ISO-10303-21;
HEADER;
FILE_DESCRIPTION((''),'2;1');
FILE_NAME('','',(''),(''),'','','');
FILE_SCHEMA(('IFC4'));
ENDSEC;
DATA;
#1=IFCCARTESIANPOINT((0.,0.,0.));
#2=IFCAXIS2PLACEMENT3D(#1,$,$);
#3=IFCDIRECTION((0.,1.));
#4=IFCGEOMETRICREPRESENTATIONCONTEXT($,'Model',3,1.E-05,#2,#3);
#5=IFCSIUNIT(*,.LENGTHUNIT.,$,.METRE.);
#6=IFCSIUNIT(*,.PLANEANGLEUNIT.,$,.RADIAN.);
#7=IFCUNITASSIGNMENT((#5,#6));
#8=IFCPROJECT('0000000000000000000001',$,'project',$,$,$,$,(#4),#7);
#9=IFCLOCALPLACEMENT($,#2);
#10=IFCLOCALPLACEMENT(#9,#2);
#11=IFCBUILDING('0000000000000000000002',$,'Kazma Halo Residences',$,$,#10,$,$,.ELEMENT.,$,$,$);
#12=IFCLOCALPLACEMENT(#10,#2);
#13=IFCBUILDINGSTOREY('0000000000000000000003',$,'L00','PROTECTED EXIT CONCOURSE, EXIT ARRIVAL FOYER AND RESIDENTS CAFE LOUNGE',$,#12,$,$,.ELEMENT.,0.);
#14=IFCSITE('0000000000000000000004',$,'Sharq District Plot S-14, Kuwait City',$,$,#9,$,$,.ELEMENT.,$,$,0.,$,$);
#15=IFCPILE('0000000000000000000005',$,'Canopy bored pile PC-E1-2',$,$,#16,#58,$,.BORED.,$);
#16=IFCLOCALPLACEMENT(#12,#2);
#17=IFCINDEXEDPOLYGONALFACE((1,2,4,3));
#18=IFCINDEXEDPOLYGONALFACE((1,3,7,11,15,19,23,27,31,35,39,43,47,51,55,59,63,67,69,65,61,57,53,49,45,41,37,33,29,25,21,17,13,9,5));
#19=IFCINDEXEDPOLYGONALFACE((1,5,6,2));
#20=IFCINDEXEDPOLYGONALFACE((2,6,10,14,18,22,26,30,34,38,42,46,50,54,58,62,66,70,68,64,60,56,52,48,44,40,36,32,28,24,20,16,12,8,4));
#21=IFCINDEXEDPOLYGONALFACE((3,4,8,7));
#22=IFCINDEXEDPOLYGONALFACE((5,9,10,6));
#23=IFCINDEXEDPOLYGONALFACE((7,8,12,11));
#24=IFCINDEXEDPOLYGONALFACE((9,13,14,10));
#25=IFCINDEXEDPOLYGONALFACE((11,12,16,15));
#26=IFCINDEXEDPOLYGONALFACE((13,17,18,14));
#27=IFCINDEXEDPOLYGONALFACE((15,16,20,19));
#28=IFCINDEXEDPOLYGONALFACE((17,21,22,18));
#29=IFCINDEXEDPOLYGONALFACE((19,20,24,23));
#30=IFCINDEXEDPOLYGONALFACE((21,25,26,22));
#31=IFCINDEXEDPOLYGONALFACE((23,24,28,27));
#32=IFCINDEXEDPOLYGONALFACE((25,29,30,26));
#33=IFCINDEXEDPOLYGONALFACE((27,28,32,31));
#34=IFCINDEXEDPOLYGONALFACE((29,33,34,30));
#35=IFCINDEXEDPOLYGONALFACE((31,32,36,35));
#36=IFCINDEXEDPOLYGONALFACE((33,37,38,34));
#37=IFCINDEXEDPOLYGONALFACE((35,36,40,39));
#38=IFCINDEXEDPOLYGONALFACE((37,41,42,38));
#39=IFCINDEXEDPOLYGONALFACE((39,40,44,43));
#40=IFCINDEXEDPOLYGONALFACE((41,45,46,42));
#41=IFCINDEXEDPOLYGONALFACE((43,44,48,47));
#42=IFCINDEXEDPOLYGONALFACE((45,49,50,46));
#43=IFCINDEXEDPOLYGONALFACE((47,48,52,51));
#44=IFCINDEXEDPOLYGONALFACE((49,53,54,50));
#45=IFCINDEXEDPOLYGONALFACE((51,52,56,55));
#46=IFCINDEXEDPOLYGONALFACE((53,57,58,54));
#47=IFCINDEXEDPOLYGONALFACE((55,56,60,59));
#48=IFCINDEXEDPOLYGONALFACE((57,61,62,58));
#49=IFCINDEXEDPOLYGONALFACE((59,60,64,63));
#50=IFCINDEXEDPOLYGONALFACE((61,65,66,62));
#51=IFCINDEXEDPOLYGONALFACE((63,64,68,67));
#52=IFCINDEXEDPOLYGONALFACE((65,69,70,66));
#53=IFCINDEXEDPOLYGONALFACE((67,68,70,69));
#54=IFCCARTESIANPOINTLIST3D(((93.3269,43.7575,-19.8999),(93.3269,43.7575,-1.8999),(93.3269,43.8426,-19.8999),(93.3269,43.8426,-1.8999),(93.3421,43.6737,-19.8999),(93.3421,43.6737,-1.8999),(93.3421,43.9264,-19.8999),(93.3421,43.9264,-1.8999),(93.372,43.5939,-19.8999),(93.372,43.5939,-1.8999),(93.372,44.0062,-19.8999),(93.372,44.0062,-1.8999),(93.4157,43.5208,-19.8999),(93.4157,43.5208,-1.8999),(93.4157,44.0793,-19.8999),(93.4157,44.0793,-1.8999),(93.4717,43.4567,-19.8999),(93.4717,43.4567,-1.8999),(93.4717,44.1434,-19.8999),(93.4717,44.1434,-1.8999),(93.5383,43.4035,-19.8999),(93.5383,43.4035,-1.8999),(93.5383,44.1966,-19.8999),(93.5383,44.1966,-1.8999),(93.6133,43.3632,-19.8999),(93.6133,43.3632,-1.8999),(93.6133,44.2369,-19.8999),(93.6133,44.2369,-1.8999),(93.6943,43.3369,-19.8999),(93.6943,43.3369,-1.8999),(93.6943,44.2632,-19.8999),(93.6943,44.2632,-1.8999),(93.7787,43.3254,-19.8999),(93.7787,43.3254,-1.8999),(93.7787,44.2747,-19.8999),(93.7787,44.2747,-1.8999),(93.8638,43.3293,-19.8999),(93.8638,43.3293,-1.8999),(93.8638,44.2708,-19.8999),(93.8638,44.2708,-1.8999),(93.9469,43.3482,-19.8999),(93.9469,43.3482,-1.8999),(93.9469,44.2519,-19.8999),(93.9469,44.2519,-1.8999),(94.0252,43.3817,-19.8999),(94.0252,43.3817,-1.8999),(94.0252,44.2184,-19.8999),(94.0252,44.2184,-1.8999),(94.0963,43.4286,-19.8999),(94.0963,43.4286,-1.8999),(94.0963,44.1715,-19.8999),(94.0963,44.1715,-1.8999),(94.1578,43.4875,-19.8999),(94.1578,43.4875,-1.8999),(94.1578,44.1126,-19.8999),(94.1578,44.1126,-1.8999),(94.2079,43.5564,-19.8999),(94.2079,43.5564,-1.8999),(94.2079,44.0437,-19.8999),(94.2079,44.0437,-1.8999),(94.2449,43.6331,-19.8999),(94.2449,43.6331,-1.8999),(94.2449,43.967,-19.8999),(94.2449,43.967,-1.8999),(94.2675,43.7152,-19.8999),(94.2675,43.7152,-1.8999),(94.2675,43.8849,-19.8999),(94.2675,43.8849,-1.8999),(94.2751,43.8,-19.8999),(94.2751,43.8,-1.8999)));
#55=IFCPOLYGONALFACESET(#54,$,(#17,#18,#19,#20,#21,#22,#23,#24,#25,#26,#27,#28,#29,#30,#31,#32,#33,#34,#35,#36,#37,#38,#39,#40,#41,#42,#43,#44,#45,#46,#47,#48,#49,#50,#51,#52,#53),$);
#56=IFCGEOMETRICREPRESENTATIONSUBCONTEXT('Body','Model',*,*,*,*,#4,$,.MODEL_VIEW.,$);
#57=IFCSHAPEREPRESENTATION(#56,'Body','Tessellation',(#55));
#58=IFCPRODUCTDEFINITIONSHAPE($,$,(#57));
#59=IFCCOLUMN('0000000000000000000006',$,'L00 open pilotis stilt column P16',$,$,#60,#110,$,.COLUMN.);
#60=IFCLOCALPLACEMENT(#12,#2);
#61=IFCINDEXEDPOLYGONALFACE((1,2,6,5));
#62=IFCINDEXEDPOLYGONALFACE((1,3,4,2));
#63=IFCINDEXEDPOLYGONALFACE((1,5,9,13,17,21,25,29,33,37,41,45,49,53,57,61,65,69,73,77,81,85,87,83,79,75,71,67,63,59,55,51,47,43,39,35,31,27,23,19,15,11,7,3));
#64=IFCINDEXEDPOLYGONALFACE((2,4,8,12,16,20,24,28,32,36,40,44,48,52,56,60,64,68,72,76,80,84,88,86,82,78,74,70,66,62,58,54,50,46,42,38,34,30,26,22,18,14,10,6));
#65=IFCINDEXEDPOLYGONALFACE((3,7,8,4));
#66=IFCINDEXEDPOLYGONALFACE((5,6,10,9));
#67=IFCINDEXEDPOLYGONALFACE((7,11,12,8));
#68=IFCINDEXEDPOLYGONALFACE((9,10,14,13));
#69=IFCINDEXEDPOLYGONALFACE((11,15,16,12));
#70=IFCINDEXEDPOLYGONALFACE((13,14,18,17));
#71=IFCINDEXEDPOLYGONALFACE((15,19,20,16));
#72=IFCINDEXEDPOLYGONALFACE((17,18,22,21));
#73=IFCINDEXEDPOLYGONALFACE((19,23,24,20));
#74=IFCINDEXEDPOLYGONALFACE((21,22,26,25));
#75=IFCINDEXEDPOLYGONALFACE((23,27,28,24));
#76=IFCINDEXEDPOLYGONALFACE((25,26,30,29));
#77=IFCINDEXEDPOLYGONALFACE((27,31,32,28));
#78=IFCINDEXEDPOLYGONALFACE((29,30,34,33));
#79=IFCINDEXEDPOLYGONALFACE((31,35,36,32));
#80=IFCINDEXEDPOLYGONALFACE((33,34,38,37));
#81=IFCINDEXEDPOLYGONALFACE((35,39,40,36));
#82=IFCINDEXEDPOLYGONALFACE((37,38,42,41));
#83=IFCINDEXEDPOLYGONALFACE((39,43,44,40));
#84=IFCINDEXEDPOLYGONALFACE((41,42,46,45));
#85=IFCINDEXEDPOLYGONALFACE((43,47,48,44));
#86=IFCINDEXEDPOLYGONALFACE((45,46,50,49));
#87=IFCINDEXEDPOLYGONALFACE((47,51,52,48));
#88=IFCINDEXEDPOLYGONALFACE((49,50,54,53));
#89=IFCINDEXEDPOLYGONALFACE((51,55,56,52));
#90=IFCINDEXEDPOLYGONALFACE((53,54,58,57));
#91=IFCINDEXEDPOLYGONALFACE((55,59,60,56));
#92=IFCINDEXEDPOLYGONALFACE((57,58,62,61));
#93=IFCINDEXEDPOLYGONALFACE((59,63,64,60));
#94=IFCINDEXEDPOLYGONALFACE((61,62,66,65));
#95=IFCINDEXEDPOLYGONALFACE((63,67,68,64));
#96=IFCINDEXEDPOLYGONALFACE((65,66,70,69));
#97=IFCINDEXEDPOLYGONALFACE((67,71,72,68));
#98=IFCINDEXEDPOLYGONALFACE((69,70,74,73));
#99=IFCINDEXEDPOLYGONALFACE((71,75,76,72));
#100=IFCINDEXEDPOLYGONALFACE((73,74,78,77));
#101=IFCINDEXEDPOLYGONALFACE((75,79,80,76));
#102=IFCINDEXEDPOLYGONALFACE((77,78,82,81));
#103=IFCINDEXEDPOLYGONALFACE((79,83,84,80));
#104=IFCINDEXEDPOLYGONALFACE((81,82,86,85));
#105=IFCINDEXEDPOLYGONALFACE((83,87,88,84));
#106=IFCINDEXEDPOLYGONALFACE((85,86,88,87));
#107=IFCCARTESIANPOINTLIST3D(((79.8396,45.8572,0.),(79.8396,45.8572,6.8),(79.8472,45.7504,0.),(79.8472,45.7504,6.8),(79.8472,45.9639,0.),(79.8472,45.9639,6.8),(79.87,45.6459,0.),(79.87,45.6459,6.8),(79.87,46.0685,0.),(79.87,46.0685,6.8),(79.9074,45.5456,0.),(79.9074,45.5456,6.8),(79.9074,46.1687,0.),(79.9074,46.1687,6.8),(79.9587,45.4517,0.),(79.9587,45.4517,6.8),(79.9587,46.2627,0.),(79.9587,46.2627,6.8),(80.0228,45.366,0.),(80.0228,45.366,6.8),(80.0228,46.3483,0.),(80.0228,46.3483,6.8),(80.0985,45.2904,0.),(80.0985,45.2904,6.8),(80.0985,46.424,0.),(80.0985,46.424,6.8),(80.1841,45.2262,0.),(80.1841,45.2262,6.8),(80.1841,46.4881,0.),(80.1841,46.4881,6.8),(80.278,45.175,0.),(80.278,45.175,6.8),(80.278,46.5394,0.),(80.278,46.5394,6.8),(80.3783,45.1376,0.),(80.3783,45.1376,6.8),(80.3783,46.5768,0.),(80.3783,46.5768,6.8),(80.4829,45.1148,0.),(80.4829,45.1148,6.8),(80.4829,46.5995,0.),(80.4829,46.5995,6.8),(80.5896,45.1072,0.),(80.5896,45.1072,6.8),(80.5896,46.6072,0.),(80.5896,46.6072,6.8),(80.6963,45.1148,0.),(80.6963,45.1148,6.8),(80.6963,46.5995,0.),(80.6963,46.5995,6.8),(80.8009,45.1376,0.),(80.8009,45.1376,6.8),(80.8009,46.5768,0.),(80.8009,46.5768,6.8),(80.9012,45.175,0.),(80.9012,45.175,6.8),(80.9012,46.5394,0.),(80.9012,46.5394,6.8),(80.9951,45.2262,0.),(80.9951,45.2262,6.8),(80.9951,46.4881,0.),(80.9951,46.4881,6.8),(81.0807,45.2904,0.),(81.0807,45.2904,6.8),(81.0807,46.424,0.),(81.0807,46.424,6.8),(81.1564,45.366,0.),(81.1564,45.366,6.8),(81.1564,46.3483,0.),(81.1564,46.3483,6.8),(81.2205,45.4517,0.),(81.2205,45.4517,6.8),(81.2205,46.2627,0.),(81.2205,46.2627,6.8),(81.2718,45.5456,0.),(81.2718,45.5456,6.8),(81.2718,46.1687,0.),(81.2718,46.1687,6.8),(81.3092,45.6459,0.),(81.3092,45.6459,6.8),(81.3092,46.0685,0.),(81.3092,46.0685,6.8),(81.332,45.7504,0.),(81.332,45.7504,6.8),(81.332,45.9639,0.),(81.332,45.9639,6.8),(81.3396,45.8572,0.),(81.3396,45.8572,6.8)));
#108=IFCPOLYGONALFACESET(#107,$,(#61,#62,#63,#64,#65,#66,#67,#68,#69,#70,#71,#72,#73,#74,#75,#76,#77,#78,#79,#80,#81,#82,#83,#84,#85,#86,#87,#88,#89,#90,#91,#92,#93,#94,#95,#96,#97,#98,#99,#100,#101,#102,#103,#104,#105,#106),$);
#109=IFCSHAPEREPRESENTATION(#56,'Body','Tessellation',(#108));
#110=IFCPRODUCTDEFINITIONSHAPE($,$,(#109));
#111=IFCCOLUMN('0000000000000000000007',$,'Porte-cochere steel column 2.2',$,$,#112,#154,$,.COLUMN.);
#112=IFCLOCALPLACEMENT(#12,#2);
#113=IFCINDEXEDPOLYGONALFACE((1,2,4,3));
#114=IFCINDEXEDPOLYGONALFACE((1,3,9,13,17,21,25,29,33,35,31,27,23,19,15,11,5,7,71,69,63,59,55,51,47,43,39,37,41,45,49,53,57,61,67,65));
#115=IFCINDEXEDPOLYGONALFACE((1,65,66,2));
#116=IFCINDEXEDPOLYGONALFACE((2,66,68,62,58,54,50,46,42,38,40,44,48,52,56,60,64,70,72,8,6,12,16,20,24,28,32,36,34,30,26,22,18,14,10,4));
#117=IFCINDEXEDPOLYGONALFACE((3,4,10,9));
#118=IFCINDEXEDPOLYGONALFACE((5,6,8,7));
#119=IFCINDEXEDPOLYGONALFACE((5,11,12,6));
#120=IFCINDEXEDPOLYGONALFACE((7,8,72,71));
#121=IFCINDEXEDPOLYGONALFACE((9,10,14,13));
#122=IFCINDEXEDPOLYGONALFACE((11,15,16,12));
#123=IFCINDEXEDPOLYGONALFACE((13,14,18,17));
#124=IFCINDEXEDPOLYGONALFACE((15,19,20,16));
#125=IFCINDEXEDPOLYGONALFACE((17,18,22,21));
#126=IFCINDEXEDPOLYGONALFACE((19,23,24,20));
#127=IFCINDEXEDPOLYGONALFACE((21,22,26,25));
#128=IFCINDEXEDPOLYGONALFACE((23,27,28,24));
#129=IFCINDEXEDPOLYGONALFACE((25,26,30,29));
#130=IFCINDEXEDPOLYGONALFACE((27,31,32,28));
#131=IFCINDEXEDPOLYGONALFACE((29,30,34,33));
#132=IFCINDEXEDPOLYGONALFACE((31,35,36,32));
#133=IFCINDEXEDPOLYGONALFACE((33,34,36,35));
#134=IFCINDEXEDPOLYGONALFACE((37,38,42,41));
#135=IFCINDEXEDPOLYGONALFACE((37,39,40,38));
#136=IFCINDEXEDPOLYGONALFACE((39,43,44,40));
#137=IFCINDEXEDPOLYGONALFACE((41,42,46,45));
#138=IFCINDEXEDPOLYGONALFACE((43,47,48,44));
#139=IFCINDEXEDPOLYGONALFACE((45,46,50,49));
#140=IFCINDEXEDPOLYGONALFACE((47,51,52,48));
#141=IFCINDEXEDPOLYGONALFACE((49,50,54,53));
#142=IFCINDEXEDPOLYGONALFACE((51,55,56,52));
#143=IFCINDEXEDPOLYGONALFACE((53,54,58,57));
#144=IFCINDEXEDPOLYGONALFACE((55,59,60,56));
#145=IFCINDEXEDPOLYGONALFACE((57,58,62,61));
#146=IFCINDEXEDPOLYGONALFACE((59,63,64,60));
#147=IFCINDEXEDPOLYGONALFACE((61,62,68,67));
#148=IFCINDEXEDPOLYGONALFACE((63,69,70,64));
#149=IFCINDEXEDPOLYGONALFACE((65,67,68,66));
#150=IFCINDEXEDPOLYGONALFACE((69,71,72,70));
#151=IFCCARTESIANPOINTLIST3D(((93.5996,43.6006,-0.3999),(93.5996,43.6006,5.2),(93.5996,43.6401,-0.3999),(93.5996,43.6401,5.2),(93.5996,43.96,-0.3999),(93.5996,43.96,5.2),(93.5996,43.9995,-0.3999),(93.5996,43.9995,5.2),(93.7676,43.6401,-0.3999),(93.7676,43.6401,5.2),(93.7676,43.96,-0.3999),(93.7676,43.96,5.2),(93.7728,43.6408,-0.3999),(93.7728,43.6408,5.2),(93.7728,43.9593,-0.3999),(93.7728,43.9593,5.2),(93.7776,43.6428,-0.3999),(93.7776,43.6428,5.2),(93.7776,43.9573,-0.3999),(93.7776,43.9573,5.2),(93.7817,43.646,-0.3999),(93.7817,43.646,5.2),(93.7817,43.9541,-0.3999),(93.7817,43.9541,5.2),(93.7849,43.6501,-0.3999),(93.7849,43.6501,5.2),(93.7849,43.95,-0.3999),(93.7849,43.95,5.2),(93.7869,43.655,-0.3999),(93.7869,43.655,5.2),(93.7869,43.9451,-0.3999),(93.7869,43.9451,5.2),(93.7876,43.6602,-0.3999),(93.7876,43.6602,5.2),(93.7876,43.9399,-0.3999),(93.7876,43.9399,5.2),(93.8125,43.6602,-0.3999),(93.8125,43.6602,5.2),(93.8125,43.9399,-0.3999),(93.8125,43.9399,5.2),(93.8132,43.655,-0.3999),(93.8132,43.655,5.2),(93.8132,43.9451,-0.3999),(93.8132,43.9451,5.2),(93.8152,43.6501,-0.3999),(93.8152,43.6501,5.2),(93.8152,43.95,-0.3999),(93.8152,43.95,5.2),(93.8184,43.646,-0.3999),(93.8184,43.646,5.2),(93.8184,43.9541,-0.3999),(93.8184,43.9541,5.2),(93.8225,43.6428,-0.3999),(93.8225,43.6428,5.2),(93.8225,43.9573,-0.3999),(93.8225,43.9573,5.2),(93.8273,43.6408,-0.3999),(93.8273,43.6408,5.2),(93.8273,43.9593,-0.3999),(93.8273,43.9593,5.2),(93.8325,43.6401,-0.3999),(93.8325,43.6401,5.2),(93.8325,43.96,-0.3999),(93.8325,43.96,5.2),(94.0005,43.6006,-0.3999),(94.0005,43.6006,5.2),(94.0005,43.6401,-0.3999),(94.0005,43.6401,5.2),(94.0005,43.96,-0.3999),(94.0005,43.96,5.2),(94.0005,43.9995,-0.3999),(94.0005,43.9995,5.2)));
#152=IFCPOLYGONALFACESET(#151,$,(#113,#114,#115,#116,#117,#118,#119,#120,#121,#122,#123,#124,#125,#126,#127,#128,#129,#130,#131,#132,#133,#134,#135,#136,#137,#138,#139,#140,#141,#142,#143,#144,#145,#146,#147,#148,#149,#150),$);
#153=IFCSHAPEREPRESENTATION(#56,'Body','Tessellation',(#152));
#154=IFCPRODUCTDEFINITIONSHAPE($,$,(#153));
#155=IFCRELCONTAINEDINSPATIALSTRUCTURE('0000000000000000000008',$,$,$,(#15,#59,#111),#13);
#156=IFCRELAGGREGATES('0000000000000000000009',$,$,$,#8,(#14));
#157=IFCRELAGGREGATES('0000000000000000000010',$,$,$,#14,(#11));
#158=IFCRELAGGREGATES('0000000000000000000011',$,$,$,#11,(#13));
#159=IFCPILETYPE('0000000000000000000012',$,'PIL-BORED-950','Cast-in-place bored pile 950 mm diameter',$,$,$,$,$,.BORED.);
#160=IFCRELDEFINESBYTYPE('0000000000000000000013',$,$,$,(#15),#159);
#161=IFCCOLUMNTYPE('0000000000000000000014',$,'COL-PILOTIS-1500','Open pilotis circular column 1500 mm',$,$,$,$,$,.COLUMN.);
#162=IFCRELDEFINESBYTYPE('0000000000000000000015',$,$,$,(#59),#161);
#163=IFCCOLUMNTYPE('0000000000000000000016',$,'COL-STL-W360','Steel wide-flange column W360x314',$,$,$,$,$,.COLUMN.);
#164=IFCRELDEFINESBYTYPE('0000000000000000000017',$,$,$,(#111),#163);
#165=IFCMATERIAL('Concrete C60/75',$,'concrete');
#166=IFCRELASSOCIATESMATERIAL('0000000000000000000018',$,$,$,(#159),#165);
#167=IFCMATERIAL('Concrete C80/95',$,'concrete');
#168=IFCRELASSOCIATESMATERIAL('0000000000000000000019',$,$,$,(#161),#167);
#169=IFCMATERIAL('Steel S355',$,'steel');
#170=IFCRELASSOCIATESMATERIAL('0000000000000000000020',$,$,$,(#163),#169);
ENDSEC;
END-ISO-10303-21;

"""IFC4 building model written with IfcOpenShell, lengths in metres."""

from ifc_helpers import new_model, si_unit, direction, frame, origin, origin_2d, place, context, subcontext, project, spatial, circle, i_section, extrude, material, material_profile, profile_set, type_object, element, save


model = new_model("IFC4")

# Units and contexts
model_context = context("Model", 3, precision=1e-05, world=origin(), true_north=direction((0.0, 1.0)))
body_context = subcontext(model_context, "Body", "Model", "MODEL_VIEW")
ifc_project = project(units=[si_unit("LENGTHUNIT", "METRE"), si_unit("PLANEANGLEUNIT", "RADIAN")], contexts=[model_context])

# Site, building, storey
site_placement = place(None, origin())
site = spatial("IfcSite", under=ifc_project, at=site_placement, Name="Sharq District Plot S-14, Kuwait City", CompositionType="ELEMENT", RefElevation=0.0)
building_placement = place(site_placement, origin())
building = spatial("IfcBuilding", under=site, at=building_placement, Name="Kazma Halo Residences", CompositionType="ELEMENT")
storey_placement = place(building_placement, origin())
storey = spatial("IfcBuildingStorey", under=building, at=storey_placement, Name="L00", Description="PROTECTED EXIT CONCOURSE, EXIT ARRIVAL FOYER AND RESIDENTS CAFE LOUNGE", CompositionType="ELEMENT", Elevation=0.0)

# Pile
ifc_material_1 = material(Name="Concrete C60/75", Category="concrete")
ifc_material_profile_1 = material_profile(ifc_material_1, circle(Radius=0.4751, at=origin_2d()), Name="CIRC950")
ifc_profile_set_1 = profile_set([ifc_material_profile_1], Name="Concrete C60/75")
pile_type = type_object("IfcPileType", Name="PIL-BORED-950", Description="Cast-in-place bored pile 950 mm diameter", PredefinedType="BORED", material=ifc_profile_set_1)
pile_placement = place(storey_placement, frame((93.8, 43.8, -1.8999), z_axis=(0.0, 0.0, -1.0), x_axis=(1.0, 0.0, 0.0)))
element("IfcPile", 1, at=pile_placement, inside=storey, type_object=pile_type, Name="Canopy bored pile PC-E1-2", PredefinedType="BORED", context=body_context, shape_type="SweptSolid", body=[
    extrude(circle(Radius=0.4751, at=origin_2d()), origin(), (0.0, 0.0, 1.0), 18.0),
])

# Columns
ifc_material_2 = material(Name="Concrete C80/95", Category="concrete")
ifc_material_profile_2 = material_profile(ifc_material_2, circle(Radius=0.75, at=origin_2d()), Name="CIRC1500")
ifc_profile_set_2 = profile_set([ifc_material_profile_2], Name="Concrete C80/95")
column_type_1 = type_object("IfcColumnType", Name="COL-PILOTIS-1500", Description="Open pilotis circular column 1500 mm", PredefinedType="COLUMN", material=ifc_profile_set_2)
column_1_placement = place(storey_placement, frame((80.5896, 45.8572, 0.0), z_axis=(0.0, 0.0, 1.0), x_axis=(1.0, 0.0, 0.0)))
element("IfcColumn", 2, at=column_1_placement, inside=storey, type_object=column_type_1, Name="L00 open pilotis stilt column P16", PredefinedType="COLUMN", context=body_context, shape_type="SweptSolid", body=[
    extrude(circle(Radius=0.75, at=origin_2d()), origin(), (0.0, 0.0, 1.0), 6.8),
])
ifc_material_3 = material(Name="Steel S355", Category="steel")
ifc_material_profile_3 = material_profile(ifc_material_3, i_section(OverallWidth=0.4009, OverallDepth=0.3989, WebThickness=0.0249, FlangeThickness=0.0396, FilletRadius=0.02, at=origin_2d()), Name="W360x314")
ifc_profile_set_3 = profile_set([ifc_material_profile_3], Name="Steel S355")
column_type_2 = type_object("IfcColumnType", Name="COL-STL-W360", Description="Steel wide-flange column W360x314", PredefinedType="COLUMN", material=ifc_profile_set_3)
column_2_placement = place(storey_placement, frame((93.8, 43.8, -0.3999), z_axis=(0.0, 0.0, 1.0), x_axis=(1.0, 0.0, 0.0)))
element("IfcColumn", 3, at=column_2_placement, inside=storey, type_object=column_type_2, Name="Porte-cochere steel column 2.2", PredefinedType="COLUMN", context=body_context, shape_type="SweptSolid", body=[
    extrude(i_section(OverallWidth=0.4009, OverallDepth=0.3989, WebThickness=0.0249, FlangeThickness=0.0396, FilletRadius=0.02, at=origin_2d()), origin(), (0.0, 0.0, 1.0), 5.5999),
])

save(model, "model.ifc")
